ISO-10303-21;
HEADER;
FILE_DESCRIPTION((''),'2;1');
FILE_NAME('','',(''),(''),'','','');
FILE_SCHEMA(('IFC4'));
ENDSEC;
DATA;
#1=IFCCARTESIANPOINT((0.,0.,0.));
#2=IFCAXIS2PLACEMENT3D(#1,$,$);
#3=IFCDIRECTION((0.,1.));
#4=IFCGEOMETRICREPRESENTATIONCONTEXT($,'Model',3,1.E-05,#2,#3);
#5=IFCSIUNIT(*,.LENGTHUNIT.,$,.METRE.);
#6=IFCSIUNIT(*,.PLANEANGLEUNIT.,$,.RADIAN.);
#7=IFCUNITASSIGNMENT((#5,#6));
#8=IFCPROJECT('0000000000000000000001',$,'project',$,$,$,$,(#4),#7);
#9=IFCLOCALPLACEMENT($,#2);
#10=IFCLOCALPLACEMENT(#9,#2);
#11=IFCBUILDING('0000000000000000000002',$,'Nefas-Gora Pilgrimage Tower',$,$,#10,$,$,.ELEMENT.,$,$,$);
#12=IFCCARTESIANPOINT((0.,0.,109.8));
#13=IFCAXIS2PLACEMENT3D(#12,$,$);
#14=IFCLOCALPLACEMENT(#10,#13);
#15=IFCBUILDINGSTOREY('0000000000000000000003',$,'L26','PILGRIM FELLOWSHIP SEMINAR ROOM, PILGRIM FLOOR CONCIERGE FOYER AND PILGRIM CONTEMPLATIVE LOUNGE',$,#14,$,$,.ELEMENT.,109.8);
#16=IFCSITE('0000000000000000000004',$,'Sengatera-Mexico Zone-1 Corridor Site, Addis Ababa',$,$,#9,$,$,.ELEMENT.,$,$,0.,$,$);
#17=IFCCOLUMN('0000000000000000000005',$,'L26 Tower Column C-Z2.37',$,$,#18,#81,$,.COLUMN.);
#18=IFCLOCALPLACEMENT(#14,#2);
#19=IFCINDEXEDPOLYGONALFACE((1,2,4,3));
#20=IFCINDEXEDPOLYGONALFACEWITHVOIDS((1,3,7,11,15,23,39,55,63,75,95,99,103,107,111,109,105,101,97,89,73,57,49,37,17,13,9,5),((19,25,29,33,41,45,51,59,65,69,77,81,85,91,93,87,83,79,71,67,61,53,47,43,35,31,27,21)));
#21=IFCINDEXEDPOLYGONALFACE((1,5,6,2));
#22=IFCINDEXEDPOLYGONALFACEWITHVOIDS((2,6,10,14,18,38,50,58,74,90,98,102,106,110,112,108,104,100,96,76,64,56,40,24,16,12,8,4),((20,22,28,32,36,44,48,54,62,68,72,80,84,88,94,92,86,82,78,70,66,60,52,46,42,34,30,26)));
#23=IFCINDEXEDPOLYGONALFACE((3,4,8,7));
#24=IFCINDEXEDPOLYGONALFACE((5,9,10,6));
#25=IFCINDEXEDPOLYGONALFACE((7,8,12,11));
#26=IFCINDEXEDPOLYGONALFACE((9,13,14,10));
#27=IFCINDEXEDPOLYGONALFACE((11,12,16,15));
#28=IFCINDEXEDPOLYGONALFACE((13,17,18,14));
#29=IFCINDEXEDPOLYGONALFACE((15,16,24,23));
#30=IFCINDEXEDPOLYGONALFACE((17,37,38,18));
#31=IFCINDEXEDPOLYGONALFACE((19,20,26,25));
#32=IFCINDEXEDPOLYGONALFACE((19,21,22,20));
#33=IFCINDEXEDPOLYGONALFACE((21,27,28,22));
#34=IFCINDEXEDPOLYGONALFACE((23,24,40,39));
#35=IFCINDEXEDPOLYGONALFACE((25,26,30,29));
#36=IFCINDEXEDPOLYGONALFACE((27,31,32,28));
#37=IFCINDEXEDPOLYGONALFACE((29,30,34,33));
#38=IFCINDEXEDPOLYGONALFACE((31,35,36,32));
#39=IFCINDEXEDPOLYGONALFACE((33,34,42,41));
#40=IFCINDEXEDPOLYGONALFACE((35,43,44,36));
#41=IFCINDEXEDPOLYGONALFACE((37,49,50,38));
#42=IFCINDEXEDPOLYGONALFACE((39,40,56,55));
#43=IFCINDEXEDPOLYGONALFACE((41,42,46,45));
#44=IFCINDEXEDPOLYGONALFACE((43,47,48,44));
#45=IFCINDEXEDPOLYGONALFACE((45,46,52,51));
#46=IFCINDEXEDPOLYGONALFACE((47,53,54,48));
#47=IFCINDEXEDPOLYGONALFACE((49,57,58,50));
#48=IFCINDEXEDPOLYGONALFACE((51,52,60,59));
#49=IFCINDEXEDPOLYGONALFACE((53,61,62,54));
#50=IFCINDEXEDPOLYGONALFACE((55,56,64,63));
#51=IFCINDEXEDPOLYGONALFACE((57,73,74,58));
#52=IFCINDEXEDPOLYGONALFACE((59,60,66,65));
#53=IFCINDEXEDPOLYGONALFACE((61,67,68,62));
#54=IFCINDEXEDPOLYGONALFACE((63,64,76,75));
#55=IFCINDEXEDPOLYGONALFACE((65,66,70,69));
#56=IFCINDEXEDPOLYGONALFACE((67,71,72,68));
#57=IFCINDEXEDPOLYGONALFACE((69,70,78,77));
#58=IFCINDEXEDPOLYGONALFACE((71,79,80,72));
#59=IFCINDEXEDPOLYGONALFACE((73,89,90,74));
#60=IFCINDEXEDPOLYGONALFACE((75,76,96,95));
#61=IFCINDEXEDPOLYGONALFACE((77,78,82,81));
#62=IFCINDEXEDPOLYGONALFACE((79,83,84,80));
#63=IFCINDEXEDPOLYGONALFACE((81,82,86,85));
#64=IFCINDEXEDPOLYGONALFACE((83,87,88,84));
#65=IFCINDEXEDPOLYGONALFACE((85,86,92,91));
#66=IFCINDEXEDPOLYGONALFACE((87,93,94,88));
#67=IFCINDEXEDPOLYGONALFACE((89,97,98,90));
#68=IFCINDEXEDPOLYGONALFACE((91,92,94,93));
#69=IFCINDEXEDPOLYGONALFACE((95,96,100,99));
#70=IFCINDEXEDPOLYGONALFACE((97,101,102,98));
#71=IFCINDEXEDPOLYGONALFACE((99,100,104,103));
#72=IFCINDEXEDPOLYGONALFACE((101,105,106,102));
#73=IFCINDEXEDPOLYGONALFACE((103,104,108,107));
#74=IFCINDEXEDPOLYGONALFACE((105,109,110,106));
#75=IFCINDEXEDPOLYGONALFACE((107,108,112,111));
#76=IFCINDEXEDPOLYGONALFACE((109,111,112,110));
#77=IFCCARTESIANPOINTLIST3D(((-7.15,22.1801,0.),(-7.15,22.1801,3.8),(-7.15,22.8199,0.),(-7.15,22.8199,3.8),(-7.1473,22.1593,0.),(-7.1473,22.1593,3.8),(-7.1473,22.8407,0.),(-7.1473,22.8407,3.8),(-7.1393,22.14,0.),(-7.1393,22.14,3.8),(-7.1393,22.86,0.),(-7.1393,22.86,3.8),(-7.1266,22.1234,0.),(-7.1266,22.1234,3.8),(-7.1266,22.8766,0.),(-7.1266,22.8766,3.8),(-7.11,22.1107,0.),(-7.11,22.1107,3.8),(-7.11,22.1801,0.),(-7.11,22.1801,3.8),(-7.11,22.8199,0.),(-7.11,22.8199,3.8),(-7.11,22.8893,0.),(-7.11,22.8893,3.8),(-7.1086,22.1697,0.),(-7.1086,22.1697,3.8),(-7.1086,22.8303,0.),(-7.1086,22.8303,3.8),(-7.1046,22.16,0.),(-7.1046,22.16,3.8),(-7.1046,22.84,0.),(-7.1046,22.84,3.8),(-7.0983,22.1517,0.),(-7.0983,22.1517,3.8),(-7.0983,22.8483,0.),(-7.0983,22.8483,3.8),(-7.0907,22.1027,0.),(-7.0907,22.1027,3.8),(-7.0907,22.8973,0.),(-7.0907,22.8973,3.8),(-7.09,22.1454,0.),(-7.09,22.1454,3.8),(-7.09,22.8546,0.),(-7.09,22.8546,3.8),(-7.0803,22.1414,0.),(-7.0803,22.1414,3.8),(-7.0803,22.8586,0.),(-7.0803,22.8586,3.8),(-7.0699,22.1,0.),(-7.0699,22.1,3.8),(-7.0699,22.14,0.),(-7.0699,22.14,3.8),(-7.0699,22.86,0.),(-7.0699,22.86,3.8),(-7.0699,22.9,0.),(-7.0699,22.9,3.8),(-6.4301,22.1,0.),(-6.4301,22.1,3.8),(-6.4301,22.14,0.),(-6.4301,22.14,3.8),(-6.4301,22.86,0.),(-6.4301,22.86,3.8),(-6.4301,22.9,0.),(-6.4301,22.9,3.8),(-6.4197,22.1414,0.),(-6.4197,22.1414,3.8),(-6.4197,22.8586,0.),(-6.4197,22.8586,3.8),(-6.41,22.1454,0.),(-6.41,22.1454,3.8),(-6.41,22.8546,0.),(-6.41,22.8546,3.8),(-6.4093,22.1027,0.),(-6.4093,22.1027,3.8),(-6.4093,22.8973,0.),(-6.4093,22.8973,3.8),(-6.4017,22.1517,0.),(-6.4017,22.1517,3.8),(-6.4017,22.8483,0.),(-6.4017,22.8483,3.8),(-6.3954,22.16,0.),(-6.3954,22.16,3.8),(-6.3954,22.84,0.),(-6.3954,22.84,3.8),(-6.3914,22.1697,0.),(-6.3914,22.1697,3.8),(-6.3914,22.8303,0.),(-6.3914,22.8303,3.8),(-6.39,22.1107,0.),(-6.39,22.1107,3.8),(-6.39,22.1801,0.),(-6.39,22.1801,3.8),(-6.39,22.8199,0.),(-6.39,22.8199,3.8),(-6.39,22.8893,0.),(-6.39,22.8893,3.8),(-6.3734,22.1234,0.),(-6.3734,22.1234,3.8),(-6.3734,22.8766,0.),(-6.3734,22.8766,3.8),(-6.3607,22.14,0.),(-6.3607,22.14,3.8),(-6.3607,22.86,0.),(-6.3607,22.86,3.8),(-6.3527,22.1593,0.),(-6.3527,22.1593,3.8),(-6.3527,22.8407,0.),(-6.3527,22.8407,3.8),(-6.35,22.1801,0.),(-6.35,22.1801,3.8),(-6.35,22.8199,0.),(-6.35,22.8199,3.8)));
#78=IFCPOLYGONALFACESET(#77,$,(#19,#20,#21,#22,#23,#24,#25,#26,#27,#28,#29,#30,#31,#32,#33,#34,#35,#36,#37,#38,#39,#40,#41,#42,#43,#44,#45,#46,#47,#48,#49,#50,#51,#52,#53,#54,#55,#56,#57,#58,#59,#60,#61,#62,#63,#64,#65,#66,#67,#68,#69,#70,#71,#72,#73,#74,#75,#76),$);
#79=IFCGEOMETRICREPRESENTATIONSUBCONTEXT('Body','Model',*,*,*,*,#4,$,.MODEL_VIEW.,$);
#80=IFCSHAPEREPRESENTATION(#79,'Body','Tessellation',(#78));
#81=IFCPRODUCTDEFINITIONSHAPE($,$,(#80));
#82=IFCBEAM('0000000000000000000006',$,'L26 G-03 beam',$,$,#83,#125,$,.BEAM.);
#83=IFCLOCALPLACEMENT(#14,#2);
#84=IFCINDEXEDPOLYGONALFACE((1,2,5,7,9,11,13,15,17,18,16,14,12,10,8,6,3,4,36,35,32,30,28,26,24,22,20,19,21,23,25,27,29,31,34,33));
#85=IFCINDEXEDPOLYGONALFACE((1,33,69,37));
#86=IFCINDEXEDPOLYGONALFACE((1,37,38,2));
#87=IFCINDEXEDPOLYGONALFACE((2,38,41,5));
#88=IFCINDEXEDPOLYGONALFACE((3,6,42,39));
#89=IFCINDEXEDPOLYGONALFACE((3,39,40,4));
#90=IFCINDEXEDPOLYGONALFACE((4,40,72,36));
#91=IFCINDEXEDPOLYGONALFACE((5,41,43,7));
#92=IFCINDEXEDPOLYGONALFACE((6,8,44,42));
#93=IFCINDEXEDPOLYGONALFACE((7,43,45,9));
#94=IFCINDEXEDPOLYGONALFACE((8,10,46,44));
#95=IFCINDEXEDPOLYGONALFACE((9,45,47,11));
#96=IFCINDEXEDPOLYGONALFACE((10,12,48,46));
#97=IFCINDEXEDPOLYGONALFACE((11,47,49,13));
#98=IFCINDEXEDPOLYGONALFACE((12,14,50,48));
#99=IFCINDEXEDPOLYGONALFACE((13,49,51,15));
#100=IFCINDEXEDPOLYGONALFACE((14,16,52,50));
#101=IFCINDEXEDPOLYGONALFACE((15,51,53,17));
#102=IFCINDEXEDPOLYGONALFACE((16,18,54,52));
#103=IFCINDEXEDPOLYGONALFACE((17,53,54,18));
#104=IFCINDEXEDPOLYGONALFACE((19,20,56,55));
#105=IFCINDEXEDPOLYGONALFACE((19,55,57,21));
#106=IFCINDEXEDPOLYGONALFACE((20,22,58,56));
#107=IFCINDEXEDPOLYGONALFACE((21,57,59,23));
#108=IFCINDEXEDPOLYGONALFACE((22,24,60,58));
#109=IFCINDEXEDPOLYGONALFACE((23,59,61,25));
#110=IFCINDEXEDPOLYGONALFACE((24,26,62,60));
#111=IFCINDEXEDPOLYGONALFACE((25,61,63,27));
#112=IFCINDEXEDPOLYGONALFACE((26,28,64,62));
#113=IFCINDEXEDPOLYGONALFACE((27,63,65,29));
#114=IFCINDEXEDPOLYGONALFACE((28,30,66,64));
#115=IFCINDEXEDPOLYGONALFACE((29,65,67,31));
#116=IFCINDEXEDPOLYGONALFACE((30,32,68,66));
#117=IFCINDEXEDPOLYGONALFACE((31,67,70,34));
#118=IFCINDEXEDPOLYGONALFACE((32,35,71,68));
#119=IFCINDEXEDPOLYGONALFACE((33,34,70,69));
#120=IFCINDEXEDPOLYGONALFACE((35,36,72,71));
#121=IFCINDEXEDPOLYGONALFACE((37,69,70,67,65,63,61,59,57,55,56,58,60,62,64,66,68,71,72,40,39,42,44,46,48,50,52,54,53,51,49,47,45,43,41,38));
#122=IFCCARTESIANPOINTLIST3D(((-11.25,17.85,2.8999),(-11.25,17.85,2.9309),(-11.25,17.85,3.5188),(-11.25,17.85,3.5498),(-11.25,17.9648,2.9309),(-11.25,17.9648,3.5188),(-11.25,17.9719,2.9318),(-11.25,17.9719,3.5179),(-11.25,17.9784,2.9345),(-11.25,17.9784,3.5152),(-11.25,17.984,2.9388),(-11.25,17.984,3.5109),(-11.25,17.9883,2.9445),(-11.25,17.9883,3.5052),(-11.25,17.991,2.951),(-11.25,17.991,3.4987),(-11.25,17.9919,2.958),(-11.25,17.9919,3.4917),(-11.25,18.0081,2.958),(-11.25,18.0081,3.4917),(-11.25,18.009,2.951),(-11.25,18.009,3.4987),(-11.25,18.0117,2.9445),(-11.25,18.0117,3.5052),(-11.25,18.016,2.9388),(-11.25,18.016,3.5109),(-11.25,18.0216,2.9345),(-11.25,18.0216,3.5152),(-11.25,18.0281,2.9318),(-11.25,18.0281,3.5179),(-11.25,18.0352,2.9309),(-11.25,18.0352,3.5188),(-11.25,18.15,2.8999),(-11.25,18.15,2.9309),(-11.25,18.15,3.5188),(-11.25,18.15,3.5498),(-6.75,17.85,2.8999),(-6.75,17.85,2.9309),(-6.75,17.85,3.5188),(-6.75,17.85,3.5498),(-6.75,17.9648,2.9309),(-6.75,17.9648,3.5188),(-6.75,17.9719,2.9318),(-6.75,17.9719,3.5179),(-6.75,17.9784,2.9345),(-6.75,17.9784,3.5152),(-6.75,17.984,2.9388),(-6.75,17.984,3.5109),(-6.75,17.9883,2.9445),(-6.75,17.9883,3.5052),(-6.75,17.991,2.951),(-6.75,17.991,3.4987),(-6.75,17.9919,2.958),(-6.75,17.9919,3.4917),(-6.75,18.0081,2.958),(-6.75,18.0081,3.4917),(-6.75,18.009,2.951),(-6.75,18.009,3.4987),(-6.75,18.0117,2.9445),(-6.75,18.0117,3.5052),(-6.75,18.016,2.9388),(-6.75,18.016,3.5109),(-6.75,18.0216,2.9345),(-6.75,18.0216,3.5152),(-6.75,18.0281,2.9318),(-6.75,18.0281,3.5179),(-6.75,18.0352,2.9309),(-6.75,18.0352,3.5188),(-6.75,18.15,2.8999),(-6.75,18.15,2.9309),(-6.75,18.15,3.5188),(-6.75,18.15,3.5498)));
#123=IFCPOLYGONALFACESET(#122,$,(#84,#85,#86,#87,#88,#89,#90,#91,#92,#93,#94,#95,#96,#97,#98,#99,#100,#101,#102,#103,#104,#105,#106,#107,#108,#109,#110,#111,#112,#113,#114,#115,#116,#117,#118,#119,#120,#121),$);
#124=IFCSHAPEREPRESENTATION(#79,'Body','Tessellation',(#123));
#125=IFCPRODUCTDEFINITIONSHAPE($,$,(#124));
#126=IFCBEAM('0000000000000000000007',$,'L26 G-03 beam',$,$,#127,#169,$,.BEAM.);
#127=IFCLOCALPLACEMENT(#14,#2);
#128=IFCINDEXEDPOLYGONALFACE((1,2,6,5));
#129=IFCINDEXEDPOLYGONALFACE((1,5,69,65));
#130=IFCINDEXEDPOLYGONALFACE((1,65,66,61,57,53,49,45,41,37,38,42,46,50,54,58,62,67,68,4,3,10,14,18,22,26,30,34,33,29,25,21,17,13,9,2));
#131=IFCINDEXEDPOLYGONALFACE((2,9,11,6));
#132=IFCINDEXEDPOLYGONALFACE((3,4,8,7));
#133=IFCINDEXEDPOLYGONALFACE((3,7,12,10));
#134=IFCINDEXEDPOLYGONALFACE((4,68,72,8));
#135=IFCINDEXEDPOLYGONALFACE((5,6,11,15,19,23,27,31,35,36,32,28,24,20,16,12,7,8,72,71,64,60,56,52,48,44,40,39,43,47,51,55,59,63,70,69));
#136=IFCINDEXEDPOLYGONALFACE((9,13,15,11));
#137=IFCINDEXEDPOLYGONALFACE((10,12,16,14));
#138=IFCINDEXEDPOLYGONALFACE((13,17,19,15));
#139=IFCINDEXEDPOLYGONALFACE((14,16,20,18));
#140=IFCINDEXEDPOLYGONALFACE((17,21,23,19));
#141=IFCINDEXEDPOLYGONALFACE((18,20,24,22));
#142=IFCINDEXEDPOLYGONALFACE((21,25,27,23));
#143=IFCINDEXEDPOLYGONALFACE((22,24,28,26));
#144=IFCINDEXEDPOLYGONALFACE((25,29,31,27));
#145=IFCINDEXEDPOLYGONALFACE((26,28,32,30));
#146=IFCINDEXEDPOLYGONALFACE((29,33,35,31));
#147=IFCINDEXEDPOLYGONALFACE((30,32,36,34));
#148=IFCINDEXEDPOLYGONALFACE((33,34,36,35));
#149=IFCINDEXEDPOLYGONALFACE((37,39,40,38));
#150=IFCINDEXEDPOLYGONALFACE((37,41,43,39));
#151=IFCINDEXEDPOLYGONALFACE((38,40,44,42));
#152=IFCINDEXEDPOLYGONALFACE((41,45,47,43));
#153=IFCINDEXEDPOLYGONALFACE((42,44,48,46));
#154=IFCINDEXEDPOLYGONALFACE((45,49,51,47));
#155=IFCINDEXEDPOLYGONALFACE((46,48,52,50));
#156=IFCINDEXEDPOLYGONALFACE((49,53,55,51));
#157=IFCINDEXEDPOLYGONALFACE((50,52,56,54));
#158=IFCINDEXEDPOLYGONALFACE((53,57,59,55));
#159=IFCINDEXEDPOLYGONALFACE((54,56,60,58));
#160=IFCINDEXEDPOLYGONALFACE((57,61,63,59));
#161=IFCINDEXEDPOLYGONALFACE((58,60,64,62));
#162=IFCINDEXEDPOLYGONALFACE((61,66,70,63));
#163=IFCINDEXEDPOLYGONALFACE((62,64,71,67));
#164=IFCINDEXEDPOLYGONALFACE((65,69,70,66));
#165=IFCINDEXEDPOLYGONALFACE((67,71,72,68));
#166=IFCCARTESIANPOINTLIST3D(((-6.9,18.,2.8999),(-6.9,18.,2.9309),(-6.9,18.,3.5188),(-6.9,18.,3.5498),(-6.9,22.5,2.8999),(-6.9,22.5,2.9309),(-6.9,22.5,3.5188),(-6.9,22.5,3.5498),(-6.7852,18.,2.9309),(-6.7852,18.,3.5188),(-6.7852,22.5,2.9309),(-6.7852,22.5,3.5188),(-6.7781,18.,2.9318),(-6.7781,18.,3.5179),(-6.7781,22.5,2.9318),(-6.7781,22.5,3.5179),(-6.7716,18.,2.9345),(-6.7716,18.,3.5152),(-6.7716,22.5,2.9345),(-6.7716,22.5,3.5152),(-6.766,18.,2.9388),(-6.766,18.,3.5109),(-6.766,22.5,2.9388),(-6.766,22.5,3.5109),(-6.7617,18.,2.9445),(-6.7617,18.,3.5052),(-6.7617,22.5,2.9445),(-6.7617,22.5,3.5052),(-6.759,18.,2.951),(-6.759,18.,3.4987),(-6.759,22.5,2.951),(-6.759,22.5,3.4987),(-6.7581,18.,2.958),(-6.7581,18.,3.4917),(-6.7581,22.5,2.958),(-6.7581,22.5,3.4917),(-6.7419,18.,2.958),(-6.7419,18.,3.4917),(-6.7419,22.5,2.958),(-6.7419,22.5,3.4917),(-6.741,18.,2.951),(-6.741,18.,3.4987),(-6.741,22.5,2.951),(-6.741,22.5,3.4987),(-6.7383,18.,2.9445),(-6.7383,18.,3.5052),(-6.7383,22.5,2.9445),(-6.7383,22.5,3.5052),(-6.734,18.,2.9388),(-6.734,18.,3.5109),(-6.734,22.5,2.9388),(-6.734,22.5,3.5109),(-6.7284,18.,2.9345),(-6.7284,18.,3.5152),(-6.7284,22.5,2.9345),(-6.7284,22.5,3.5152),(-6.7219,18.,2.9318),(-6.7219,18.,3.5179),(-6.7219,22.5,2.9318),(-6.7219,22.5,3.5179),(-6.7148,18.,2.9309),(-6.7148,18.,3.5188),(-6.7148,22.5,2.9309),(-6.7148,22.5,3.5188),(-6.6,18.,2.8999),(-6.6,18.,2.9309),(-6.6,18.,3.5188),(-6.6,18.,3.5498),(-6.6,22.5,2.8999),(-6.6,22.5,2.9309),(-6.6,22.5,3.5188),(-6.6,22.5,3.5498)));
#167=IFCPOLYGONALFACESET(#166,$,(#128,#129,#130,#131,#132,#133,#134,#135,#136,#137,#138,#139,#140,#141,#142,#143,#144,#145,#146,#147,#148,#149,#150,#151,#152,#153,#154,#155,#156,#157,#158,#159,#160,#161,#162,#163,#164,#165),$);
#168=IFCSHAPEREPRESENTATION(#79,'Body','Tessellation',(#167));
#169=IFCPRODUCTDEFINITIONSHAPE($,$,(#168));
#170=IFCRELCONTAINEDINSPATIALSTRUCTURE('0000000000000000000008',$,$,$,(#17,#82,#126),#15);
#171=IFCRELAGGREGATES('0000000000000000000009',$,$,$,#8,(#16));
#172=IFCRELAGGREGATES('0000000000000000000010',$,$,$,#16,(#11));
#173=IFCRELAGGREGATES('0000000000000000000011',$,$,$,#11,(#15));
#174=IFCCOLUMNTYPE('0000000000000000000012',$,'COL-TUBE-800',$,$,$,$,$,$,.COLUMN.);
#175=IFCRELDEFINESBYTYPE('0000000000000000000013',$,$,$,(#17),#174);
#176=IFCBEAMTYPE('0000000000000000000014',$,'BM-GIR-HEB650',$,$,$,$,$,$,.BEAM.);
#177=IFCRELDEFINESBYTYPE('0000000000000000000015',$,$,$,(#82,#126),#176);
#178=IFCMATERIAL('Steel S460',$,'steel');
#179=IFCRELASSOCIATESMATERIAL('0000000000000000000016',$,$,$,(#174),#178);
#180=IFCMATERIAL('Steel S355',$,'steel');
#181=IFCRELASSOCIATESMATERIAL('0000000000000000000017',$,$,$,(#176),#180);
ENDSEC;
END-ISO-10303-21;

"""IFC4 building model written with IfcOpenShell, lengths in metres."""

from ifc_helpers import new_model, si_unit, direction, frame, origin, origin_2d, place, context, subcontext, project, spatial, hollow_rectangle, i_section, extrude, source, transform, mapped, material, material_profile, profile_set, type_object, element, save


model = new_model("IFC4")

# Units and contexts
model_context = context("Model", 3, precision=1e-05, world=origin(), true_north=direction((0.0, 1.0)))
body_context = subcontext(model_context, "Body", "Model", "MODEL_VIEW")
ifc_project = project(units=[si_unit("LENGTHUNIT", "METRE"), si_unit("PLANEANGLEUNIT", "RADIAN")], contexts=[model_context])

# Site, building, storey
site_placement = place(None, origin())
site = spatial("IfcSite", under=ifc_project, at=site_placement, Name="Sengatera-Mexico Zone-1 Corridor Site, Addis Ababa", CompositionType="ELEMENT", RefElevation=0.0)
building_placement = place(site_placement, origin())
building = spatial("IfcBuilding", under=site, at=building_placement, Name="Nefas-Gora Pilgrimage Tower", CompositionType="ELEMENT")
storey_placement = place(building_placement, frame((0.0, 0.0, 109.8)))
storey = spatial("IfcBuildingStorey", under=building, at=storey_placement, Name="L26", Description="PILGRIM FELLOWSHIP SEMINAR ROOM, PILGRIM FLOOR CONCIERGE FOYER AND PILGRIM CONTEMPLATIVE LOUNGE", CompositionType="ELEMENT", Elevation=109.8)

# Column
ifc_material_1 = material(Name="Steel S460", Category="steel")
ifc_material_profile_1 = material_profile(ifc_material_1, hollow_rectangle(XDim=0.8, YDim=0.8, WallThickness=0.04, InnerFilletRadius=0.04, OuterFilletRadius=0.0801, at=origin_2d()), Name="BOX 800x800x40")
ifc_profile_set_1 = profile_set([ifc_material_profile_1], Name="Steel S460")
column_type_1 = type_object("IfcColumnType", Name="COL-TUBE-800", PredefinedType="COLUMN", material=ifc_profile_set_1)
shared_shape_1 = source(origin(), body_context, "Body", "SweptSolid", [
    extrude(hollow_rectangle(XDim=0.8, YDim=0.8, WallThickness=0.04, InnerFilletRadius=0.04, OuterFilletRadius=0.0801, at=origin_2d()), origin(), (0.0, 0.0, 1.0), 3.8),
])
column_placement = place(storey_placement, frame((-6.75, 22.5, 0.0), z_axis=(0.0, 0.0, 1.0), x_axis=(1.0, 0.0, 0.0)))
element("IfcColumn", 1, at=column_placement, inside=storey, type_object=column_type_1, Name="L26 Tower Column C-Z2.37", PredefinedType="COLUMN", context=body_context, shape_type="MappedRepresentation", body=[
    mapped(shared_shape_1, transform((0.0, 0.0, 0.0), x_axis=(1.0, 0.0, 0.0), y_axis=(0.0, 1.0, 0.0), z_axis=(0.0, 0.0, 1.0), scale=1.0)),
])

# Beams
ifc_material_2 = material(Name="Steel S355", Category="steel")
ifc_material_profile_2 = material_profile(ifc_material_2, i_section(OverallWidth=0.3, OverallDepth=0.6499, WebThickness=0.0161, FlangeThickness=0.031, FilletRadius=0.0271, at=origin_2d()), Name="HEB 650")
ifc_profile_set_2 = profile_set([ifc_material_profile_2], Name="Steel S355")
beam_type = type_object("IfcBeamType", Name="BM-GIR-HEB650", PredefinedType="BEAM", material=ifc_profile_set_2)
shared_shape_2 = source(origin(), body_context, "Body", "SweptSolid", [
    extrude(i_section(OverallWidth=0.3, OverallDepth=0.6499, WebThickness=0.0161, FlangeThickness=0.031, FilletRadius=0.0271, at=origin_2d()), origin(), (0.0, 0.0, 1.0), 4.5),
])
for number, where, z_axis, x_axis, name in (
    (2, (-11.25, 18.0, 3.2249), (1.0, 0.0, 0.0), (0.0, 1.0, 0.0), "L26 G-03 beam"),
    (3, (-6.75, 18.0, 3.2249), (0.0, 1.0, 0.0), (-1.0, 0.0, 0.0), "L26 G-03 beam"),
):
    element("IfcBeam", number, at=place(storey_placement, frame(where, z_axis=z_axis, x_axis=x_axis)), inside=storey, type_object=beam_type, Name=name, PredefinedType="BEAM", context=body_context, shape_type="MappedRepresentation", body=[
        mapped(shared_shape_2, transform((0.0, 0.0, 0.0), x_axis=(1.0, 0.0, 0.0), y_axis=(0.0, 1.0, 0.0), z_axis=(0.0, 0.0, 1.0), scale=1.0)),
    ])

save(model, "model.ifc")
